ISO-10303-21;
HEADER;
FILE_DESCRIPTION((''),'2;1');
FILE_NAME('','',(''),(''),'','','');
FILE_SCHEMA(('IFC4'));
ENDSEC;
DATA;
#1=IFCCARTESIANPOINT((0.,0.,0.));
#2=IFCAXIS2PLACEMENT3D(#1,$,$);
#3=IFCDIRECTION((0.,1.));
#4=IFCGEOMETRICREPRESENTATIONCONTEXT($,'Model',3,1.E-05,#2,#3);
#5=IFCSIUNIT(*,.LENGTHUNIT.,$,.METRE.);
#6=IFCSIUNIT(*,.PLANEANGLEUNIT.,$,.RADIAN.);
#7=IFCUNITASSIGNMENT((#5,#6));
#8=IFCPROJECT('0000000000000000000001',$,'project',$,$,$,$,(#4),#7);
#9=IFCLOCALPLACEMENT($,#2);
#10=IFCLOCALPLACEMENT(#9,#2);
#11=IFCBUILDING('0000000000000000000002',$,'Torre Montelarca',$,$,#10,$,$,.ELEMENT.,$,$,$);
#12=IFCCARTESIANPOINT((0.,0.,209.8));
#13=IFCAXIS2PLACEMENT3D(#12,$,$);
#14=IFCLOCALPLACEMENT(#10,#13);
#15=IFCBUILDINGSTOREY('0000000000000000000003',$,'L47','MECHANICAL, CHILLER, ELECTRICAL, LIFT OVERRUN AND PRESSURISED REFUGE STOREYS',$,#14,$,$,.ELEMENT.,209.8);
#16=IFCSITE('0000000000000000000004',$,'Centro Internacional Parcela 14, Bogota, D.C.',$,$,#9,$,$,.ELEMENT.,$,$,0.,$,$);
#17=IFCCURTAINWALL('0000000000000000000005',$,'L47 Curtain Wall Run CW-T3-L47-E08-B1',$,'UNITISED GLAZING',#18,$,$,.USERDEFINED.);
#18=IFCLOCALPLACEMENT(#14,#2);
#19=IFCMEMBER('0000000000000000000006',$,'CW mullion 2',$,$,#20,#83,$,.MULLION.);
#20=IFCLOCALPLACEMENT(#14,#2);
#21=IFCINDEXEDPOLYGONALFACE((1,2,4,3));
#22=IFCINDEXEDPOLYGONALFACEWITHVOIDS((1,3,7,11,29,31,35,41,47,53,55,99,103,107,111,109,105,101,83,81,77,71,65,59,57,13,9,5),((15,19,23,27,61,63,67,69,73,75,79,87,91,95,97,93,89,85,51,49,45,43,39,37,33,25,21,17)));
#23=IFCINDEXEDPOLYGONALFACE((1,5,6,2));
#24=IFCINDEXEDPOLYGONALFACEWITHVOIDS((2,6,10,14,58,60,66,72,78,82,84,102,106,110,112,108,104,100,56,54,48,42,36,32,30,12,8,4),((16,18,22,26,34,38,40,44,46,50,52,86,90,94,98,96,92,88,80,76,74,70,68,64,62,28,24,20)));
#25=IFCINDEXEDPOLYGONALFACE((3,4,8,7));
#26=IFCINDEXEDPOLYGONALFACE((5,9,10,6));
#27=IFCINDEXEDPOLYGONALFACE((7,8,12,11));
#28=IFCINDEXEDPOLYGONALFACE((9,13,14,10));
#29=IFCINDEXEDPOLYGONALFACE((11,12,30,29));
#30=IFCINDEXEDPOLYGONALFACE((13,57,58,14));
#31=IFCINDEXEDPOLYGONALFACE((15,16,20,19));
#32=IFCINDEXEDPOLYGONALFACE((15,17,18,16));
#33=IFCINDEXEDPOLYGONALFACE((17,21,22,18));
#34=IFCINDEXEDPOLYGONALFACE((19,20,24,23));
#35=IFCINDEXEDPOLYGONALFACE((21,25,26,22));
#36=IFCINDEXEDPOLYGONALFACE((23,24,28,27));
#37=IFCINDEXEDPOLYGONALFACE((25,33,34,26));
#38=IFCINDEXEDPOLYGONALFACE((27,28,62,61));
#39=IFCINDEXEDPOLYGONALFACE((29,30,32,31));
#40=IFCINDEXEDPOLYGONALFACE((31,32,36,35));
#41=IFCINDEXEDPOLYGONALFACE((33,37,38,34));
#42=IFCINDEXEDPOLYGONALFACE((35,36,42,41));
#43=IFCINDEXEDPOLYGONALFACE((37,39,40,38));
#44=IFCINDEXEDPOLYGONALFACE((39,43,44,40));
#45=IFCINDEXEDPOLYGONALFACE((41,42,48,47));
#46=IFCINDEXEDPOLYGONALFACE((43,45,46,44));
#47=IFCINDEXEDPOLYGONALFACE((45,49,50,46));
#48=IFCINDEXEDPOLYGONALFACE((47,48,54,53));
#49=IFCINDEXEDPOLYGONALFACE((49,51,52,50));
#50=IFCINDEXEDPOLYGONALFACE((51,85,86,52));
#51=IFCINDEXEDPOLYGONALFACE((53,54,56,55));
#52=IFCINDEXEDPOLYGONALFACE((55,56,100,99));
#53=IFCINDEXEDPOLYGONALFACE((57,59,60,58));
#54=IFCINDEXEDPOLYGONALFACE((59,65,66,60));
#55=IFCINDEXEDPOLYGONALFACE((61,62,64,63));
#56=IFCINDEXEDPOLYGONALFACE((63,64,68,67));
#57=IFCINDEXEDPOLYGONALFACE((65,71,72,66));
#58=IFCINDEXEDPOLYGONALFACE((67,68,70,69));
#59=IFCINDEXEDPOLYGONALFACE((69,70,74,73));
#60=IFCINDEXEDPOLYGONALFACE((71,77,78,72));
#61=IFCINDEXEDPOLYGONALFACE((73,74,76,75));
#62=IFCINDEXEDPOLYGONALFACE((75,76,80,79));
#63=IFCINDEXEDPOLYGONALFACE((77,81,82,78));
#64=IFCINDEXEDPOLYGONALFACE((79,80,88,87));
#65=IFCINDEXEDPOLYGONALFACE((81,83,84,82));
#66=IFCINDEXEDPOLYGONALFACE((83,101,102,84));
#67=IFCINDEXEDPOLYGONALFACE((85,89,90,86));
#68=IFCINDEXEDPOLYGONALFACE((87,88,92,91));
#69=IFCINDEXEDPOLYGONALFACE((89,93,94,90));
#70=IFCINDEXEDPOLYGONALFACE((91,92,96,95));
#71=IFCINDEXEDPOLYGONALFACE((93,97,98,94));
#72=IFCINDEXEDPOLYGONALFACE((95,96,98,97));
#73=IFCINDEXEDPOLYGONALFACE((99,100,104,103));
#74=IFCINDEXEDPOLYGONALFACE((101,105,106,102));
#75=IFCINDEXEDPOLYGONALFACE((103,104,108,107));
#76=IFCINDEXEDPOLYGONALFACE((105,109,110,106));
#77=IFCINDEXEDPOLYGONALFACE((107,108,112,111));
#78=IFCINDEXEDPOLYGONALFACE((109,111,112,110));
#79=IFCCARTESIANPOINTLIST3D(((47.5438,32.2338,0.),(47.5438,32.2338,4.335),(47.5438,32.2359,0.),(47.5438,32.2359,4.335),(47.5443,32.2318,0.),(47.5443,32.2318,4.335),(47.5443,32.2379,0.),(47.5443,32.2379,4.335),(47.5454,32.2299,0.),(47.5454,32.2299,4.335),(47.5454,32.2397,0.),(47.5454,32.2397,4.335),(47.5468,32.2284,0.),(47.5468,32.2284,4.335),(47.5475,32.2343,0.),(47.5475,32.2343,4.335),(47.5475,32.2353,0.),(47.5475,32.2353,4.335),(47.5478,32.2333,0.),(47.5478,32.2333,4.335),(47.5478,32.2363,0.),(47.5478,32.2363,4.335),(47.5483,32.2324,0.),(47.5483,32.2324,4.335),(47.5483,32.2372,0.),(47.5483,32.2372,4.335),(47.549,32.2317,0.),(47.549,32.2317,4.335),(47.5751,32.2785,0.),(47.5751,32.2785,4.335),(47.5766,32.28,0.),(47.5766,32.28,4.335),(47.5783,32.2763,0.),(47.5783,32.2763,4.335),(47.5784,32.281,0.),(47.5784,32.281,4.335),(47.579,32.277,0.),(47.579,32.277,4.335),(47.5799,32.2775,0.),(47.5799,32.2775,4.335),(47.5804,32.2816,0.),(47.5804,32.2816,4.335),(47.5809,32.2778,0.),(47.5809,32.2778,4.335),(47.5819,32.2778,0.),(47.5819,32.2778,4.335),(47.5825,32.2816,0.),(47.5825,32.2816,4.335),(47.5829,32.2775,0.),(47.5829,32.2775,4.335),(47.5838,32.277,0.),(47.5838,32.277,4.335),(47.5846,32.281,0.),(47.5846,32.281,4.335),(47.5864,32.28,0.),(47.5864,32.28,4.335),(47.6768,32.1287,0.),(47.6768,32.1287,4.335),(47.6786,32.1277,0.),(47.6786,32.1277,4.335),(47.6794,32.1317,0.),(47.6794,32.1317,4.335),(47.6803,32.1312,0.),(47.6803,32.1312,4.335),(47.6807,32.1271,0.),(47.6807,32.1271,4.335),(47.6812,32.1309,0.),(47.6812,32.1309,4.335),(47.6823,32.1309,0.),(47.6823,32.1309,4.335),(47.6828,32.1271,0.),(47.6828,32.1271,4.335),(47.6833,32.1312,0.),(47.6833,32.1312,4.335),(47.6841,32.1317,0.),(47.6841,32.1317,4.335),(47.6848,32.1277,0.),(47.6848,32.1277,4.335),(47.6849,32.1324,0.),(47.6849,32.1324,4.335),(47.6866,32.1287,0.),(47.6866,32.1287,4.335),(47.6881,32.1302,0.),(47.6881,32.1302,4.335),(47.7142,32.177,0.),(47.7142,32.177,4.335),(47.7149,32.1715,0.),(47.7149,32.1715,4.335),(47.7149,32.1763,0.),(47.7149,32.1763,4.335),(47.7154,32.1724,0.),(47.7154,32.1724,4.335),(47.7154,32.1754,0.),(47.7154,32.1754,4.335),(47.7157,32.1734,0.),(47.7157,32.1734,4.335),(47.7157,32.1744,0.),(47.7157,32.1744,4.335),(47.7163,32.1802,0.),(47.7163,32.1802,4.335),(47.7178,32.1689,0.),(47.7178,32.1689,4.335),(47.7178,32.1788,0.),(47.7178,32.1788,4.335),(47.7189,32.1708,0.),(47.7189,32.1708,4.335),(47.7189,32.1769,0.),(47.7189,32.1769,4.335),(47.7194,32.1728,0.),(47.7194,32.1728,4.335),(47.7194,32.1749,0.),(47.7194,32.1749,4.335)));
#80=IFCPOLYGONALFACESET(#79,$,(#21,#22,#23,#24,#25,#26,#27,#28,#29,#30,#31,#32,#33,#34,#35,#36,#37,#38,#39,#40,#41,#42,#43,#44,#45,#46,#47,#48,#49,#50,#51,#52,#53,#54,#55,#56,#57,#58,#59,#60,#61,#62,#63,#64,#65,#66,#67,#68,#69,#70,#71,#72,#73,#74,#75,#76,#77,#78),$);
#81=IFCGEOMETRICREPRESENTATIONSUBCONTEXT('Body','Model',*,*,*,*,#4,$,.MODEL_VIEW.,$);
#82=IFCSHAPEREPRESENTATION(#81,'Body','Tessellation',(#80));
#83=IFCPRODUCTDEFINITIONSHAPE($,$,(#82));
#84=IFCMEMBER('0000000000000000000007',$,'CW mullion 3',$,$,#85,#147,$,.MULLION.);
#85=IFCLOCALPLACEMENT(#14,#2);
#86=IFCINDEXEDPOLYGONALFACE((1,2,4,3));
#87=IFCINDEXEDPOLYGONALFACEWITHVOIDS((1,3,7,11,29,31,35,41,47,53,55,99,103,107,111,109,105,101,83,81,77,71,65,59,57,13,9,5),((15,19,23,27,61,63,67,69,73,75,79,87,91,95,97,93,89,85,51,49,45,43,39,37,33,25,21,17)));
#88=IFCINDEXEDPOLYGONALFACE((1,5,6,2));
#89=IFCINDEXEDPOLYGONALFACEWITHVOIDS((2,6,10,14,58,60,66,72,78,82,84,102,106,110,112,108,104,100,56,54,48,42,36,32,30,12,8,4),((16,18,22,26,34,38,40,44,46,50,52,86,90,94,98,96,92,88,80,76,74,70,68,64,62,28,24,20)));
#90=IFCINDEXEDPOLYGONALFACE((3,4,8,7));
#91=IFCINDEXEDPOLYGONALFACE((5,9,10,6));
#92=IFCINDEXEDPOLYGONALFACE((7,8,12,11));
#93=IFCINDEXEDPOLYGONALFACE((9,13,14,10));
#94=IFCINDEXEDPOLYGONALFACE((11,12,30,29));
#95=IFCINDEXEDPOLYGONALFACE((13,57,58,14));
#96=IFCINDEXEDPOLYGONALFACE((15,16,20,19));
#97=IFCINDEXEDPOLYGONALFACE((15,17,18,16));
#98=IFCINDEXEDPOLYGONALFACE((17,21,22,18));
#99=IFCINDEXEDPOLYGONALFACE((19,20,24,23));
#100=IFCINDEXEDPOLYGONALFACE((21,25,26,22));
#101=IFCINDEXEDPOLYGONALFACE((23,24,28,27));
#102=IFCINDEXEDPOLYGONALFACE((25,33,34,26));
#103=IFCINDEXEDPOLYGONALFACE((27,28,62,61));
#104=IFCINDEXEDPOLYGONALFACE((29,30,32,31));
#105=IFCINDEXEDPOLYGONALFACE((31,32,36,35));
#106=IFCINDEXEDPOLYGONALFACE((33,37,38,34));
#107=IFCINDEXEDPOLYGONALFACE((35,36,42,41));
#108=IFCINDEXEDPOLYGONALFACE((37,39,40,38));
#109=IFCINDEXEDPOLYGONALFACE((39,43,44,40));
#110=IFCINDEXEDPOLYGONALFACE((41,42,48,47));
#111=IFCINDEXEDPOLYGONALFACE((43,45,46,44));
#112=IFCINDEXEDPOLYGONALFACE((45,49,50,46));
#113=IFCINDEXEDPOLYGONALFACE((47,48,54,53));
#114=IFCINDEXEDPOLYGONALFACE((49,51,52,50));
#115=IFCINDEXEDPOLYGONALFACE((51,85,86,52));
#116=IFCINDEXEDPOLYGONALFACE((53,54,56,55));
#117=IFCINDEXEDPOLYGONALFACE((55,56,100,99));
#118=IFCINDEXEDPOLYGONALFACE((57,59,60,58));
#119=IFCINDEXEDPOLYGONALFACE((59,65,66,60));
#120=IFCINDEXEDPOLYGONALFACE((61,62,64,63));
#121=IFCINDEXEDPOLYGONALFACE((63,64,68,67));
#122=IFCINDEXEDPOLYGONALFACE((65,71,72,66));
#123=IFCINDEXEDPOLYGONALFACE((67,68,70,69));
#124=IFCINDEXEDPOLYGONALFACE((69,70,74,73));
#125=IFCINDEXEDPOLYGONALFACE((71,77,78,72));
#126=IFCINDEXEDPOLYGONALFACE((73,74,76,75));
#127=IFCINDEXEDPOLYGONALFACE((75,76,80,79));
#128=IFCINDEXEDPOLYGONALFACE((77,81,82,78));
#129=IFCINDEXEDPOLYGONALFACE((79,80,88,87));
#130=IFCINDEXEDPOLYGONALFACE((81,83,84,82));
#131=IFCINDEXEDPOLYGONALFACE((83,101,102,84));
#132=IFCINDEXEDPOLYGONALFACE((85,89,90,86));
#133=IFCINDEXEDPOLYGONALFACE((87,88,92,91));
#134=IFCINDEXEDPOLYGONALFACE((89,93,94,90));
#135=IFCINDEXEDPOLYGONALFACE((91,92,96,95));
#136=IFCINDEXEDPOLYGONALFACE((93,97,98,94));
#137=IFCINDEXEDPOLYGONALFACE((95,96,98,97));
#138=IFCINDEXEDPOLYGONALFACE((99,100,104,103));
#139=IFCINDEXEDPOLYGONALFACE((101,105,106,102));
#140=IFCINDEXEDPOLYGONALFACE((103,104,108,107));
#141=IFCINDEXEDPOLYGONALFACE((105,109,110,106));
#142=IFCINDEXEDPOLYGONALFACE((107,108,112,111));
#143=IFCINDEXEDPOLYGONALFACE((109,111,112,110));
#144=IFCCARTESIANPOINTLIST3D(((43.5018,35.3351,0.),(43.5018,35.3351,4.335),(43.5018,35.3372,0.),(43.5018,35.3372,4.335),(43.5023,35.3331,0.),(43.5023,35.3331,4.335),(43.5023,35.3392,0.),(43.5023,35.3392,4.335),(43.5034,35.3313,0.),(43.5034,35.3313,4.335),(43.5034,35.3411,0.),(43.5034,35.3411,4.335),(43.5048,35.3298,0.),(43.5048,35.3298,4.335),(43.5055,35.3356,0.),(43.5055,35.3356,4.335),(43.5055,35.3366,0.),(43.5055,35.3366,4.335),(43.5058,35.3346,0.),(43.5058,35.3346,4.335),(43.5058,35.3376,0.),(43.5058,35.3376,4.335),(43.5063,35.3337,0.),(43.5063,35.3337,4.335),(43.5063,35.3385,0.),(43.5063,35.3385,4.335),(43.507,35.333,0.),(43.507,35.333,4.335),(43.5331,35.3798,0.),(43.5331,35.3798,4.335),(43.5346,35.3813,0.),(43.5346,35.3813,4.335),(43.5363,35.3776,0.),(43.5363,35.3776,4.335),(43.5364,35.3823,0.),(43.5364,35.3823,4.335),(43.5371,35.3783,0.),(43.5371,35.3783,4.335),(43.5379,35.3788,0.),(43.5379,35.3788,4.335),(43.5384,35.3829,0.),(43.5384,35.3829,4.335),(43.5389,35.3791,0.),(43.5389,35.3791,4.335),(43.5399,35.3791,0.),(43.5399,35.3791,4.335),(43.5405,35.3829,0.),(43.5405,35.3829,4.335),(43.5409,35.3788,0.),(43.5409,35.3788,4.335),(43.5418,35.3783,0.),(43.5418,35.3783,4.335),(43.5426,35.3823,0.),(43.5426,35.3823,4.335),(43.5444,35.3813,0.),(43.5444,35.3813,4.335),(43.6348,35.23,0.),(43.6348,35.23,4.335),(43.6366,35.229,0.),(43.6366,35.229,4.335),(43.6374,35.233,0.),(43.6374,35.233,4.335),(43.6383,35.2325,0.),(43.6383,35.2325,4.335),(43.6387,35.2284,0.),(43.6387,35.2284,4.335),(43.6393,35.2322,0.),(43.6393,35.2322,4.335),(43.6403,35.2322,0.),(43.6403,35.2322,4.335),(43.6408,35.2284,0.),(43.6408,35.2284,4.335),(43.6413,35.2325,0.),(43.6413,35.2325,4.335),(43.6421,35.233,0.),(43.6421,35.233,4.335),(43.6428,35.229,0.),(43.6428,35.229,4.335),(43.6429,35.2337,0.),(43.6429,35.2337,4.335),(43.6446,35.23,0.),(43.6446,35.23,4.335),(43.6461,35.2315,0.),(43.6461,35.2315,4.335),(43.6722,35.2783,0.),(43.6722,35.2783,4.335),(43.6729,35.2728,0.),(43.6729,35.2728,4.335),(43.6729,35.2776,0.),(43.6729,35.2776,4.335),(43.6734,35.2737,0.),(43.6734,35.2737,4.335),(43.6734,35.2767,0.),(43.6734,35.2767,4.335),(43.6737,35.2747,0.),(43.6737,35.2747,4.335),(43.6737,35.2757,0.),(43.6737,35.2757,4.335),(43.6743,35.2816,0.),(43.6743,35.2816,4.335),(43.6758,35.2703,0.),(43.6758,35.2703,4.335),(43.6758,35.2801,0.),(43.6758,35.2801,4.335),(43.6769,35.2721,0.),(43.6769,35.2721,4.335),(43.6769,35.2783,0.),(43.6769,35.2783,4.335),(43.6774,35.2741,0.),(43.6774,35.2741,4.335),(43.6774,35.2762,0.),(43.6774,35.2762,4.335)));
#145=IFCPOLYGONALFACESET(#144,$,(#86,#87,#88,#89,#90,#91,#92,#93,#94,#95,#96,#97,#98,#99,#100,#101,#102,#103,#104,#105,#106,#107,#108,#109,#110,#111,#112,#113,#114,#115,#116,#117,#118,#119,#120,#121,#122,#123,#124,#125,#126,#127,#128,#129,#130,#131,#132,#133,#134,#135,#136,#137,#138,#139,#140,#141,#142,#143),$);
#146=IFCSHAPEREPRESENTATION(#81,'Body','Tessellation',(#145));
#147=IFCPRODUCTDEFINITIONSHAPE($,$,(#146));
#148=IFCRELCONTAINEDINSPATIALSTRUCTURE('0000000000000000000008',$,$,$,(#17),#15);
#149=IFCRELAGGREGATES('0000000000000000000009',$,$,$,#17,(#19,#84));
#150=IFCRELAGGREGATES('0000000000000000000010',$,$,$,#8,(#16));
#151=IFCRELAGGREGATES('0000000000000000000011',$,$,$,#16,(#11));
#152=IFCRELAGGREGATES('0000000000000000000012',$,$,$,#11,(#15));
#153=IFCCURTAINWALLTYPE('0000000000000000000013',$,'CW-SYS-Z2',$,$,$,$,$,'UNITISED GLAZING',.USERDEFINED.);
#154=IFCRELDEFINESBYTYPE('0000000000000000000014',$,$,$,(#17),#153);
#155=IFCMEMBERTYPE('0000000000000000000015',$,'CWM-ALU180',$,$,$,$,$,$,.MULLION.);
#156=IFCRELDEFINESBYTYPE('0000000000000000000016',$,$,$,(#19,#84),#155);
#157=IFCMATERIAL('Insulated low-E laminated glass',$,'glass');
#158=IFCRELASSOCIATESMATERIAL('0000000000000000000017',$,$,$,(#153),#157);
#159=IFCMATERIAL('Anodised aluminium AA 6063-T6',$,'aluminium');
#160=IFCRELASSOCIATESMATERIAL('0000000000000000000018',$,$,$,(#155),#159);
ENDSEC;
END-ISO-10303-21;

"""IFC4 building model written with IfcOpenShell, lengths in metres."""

from ifc_helpers import new_model, si_unit, direction, frame, origin, origin_2d, place, context, subcontext, project, spatial, hollow_rectangle, extrude, source, transform, mapped, material, material_profile, profile_set, type_object, element, aggregate, save


model = new_model("IFC4")

# Units and contexts
model_context = context("Model", 3, precision=1e-05, world=origin(), true_north=direction((0.0, 1.0)))
body_context = subcontext(model_context, "Body", "Model", "MODEL_VIEW")
ifc_project = project(units=[si_unit("LENGTHUNIT", "METRE"), si_unit("PLANEANGLEUNIT", "RADIAN")], contexts=[model_context])

# Site, building, storey
site_placement = place(None, origin())
site = spatial("IfcSite", under=ifc_project, at=site_placement, Name="Centro Internacional Parcela 14, Bogota, D.C.", CompositionType="ELEMENT", RefElevation=0.0)
building_placement = place(site_placement, origin())
building = spatial("IfcBuilding", under=site, at=building_placement, Name="Torre Montelarca", CompositionType="ELEMENT")
storey_placement = place(building_placement, frame((0.0, 0.0, 209.8)))
storey = spatial("IfcBuildingStorey", under=building, at=storey_placement, Name="L47", Description="MECHANICAL, CHILLER, ELECTRICAL, LIFT OVERRUN AND PRESSURISED REFUGE STOREYS", CompositionType="ELEMENT", Elevation=209.8)

# Curtain wall
ifc_material_1 = material(Name="Insulated low-E laminated glass", Category="glass")
curtain_wall_type = type_object("IfcCurtainWallType", Name="CW-SYS-Z2", ElementType="UNITISED GLAZING", PredefinedType="USERDEFINED", material=ifc_material_1)
ifc_material_2 = material(Name="Anodised aluminium AA 6063-T6", Category="aluminium")
ifc_material_profile_1 = material_profile(ifc_material_2, hollow_rectangle(XDim=0.0649, YDim=0.1799, WallThickness=0.0039, InnerFilletRadius=0.0039, OuterFilletRadius=0.0081, at=origin_2d()), Name="ALU65X180X4", Category="aluminium")
ifc_profile_set_1 = profile_set([ifc_material_profile_1], Name="Anodised aluminium AA 6063-T6")
member_type_1 = type_object("IfcMemberType", Name="CWM-ALU180", PredefinedType="MULLION", material=ifc_profile_set_1)
curtain_wall_1_placement = place(storey_placement, origin())
curtain_wall_1 = element("IfcCurtainWall", 1, at=curtain_wall_1_placement, inside=storey, type_object=curtain_wall_type, Name="L47 Curtain Wall Run CW-T3-L47-E08-B1", ObjectType="UNITISED GLAZING", PredefinedType="USERDEFINED")

# Members
shared_shape_1 = source(origin(), body_context, "Body", "SweptSolid", [
    extrude(hollow_rectangle(XDim=0.0649, YDim=0.1799, WallThickness=0.0039, InnerFilletRadius=0.0039, OuterFilletRadius=0.0081, at=origin_2d()), origin(), (0.0, 0.0, 1.0), 4.335),
])
member_1_placement = place(storey_placement, frame((47.6316, 32.2043, 0.0), z_axis=(0.0, 0.0, 1.0), x_axis=(-0.608758, -0.793356, 0.0)))
member_1 = element("IfcMember", 2, at=member_1_placement, type_object=member_type_1, Name="CW mullion 2", PredefinedType="MULLION", context=body_context, shape_type="MappedRepresentation", body=[
    mapped(shared_shape_1, transform((0.0, 0.0, 0.0), scale=1.0)),
])
member_2_placement = place(storey_placement, frame((43.5896, 35.3057, 0.0), z_axis=(0.0, 0.0, 1.0), x_axis=(-0.608758, -0.793356, 0.0)))
member_2 = element("IfcMember", 3, at=member_2_placement, type_object=member_type_1, Name="CW mullion 3", PredefinedType="MULLION", context=body_context, shape_type="MappedRepresentation", body=[
    mapped(shared_shape_1, transform((0.0, 0.0, 0.0), scale=1.0)),
])

aggregate(curtain_wall_1, [member_1, member_2])

save(model, "model.ifc")
